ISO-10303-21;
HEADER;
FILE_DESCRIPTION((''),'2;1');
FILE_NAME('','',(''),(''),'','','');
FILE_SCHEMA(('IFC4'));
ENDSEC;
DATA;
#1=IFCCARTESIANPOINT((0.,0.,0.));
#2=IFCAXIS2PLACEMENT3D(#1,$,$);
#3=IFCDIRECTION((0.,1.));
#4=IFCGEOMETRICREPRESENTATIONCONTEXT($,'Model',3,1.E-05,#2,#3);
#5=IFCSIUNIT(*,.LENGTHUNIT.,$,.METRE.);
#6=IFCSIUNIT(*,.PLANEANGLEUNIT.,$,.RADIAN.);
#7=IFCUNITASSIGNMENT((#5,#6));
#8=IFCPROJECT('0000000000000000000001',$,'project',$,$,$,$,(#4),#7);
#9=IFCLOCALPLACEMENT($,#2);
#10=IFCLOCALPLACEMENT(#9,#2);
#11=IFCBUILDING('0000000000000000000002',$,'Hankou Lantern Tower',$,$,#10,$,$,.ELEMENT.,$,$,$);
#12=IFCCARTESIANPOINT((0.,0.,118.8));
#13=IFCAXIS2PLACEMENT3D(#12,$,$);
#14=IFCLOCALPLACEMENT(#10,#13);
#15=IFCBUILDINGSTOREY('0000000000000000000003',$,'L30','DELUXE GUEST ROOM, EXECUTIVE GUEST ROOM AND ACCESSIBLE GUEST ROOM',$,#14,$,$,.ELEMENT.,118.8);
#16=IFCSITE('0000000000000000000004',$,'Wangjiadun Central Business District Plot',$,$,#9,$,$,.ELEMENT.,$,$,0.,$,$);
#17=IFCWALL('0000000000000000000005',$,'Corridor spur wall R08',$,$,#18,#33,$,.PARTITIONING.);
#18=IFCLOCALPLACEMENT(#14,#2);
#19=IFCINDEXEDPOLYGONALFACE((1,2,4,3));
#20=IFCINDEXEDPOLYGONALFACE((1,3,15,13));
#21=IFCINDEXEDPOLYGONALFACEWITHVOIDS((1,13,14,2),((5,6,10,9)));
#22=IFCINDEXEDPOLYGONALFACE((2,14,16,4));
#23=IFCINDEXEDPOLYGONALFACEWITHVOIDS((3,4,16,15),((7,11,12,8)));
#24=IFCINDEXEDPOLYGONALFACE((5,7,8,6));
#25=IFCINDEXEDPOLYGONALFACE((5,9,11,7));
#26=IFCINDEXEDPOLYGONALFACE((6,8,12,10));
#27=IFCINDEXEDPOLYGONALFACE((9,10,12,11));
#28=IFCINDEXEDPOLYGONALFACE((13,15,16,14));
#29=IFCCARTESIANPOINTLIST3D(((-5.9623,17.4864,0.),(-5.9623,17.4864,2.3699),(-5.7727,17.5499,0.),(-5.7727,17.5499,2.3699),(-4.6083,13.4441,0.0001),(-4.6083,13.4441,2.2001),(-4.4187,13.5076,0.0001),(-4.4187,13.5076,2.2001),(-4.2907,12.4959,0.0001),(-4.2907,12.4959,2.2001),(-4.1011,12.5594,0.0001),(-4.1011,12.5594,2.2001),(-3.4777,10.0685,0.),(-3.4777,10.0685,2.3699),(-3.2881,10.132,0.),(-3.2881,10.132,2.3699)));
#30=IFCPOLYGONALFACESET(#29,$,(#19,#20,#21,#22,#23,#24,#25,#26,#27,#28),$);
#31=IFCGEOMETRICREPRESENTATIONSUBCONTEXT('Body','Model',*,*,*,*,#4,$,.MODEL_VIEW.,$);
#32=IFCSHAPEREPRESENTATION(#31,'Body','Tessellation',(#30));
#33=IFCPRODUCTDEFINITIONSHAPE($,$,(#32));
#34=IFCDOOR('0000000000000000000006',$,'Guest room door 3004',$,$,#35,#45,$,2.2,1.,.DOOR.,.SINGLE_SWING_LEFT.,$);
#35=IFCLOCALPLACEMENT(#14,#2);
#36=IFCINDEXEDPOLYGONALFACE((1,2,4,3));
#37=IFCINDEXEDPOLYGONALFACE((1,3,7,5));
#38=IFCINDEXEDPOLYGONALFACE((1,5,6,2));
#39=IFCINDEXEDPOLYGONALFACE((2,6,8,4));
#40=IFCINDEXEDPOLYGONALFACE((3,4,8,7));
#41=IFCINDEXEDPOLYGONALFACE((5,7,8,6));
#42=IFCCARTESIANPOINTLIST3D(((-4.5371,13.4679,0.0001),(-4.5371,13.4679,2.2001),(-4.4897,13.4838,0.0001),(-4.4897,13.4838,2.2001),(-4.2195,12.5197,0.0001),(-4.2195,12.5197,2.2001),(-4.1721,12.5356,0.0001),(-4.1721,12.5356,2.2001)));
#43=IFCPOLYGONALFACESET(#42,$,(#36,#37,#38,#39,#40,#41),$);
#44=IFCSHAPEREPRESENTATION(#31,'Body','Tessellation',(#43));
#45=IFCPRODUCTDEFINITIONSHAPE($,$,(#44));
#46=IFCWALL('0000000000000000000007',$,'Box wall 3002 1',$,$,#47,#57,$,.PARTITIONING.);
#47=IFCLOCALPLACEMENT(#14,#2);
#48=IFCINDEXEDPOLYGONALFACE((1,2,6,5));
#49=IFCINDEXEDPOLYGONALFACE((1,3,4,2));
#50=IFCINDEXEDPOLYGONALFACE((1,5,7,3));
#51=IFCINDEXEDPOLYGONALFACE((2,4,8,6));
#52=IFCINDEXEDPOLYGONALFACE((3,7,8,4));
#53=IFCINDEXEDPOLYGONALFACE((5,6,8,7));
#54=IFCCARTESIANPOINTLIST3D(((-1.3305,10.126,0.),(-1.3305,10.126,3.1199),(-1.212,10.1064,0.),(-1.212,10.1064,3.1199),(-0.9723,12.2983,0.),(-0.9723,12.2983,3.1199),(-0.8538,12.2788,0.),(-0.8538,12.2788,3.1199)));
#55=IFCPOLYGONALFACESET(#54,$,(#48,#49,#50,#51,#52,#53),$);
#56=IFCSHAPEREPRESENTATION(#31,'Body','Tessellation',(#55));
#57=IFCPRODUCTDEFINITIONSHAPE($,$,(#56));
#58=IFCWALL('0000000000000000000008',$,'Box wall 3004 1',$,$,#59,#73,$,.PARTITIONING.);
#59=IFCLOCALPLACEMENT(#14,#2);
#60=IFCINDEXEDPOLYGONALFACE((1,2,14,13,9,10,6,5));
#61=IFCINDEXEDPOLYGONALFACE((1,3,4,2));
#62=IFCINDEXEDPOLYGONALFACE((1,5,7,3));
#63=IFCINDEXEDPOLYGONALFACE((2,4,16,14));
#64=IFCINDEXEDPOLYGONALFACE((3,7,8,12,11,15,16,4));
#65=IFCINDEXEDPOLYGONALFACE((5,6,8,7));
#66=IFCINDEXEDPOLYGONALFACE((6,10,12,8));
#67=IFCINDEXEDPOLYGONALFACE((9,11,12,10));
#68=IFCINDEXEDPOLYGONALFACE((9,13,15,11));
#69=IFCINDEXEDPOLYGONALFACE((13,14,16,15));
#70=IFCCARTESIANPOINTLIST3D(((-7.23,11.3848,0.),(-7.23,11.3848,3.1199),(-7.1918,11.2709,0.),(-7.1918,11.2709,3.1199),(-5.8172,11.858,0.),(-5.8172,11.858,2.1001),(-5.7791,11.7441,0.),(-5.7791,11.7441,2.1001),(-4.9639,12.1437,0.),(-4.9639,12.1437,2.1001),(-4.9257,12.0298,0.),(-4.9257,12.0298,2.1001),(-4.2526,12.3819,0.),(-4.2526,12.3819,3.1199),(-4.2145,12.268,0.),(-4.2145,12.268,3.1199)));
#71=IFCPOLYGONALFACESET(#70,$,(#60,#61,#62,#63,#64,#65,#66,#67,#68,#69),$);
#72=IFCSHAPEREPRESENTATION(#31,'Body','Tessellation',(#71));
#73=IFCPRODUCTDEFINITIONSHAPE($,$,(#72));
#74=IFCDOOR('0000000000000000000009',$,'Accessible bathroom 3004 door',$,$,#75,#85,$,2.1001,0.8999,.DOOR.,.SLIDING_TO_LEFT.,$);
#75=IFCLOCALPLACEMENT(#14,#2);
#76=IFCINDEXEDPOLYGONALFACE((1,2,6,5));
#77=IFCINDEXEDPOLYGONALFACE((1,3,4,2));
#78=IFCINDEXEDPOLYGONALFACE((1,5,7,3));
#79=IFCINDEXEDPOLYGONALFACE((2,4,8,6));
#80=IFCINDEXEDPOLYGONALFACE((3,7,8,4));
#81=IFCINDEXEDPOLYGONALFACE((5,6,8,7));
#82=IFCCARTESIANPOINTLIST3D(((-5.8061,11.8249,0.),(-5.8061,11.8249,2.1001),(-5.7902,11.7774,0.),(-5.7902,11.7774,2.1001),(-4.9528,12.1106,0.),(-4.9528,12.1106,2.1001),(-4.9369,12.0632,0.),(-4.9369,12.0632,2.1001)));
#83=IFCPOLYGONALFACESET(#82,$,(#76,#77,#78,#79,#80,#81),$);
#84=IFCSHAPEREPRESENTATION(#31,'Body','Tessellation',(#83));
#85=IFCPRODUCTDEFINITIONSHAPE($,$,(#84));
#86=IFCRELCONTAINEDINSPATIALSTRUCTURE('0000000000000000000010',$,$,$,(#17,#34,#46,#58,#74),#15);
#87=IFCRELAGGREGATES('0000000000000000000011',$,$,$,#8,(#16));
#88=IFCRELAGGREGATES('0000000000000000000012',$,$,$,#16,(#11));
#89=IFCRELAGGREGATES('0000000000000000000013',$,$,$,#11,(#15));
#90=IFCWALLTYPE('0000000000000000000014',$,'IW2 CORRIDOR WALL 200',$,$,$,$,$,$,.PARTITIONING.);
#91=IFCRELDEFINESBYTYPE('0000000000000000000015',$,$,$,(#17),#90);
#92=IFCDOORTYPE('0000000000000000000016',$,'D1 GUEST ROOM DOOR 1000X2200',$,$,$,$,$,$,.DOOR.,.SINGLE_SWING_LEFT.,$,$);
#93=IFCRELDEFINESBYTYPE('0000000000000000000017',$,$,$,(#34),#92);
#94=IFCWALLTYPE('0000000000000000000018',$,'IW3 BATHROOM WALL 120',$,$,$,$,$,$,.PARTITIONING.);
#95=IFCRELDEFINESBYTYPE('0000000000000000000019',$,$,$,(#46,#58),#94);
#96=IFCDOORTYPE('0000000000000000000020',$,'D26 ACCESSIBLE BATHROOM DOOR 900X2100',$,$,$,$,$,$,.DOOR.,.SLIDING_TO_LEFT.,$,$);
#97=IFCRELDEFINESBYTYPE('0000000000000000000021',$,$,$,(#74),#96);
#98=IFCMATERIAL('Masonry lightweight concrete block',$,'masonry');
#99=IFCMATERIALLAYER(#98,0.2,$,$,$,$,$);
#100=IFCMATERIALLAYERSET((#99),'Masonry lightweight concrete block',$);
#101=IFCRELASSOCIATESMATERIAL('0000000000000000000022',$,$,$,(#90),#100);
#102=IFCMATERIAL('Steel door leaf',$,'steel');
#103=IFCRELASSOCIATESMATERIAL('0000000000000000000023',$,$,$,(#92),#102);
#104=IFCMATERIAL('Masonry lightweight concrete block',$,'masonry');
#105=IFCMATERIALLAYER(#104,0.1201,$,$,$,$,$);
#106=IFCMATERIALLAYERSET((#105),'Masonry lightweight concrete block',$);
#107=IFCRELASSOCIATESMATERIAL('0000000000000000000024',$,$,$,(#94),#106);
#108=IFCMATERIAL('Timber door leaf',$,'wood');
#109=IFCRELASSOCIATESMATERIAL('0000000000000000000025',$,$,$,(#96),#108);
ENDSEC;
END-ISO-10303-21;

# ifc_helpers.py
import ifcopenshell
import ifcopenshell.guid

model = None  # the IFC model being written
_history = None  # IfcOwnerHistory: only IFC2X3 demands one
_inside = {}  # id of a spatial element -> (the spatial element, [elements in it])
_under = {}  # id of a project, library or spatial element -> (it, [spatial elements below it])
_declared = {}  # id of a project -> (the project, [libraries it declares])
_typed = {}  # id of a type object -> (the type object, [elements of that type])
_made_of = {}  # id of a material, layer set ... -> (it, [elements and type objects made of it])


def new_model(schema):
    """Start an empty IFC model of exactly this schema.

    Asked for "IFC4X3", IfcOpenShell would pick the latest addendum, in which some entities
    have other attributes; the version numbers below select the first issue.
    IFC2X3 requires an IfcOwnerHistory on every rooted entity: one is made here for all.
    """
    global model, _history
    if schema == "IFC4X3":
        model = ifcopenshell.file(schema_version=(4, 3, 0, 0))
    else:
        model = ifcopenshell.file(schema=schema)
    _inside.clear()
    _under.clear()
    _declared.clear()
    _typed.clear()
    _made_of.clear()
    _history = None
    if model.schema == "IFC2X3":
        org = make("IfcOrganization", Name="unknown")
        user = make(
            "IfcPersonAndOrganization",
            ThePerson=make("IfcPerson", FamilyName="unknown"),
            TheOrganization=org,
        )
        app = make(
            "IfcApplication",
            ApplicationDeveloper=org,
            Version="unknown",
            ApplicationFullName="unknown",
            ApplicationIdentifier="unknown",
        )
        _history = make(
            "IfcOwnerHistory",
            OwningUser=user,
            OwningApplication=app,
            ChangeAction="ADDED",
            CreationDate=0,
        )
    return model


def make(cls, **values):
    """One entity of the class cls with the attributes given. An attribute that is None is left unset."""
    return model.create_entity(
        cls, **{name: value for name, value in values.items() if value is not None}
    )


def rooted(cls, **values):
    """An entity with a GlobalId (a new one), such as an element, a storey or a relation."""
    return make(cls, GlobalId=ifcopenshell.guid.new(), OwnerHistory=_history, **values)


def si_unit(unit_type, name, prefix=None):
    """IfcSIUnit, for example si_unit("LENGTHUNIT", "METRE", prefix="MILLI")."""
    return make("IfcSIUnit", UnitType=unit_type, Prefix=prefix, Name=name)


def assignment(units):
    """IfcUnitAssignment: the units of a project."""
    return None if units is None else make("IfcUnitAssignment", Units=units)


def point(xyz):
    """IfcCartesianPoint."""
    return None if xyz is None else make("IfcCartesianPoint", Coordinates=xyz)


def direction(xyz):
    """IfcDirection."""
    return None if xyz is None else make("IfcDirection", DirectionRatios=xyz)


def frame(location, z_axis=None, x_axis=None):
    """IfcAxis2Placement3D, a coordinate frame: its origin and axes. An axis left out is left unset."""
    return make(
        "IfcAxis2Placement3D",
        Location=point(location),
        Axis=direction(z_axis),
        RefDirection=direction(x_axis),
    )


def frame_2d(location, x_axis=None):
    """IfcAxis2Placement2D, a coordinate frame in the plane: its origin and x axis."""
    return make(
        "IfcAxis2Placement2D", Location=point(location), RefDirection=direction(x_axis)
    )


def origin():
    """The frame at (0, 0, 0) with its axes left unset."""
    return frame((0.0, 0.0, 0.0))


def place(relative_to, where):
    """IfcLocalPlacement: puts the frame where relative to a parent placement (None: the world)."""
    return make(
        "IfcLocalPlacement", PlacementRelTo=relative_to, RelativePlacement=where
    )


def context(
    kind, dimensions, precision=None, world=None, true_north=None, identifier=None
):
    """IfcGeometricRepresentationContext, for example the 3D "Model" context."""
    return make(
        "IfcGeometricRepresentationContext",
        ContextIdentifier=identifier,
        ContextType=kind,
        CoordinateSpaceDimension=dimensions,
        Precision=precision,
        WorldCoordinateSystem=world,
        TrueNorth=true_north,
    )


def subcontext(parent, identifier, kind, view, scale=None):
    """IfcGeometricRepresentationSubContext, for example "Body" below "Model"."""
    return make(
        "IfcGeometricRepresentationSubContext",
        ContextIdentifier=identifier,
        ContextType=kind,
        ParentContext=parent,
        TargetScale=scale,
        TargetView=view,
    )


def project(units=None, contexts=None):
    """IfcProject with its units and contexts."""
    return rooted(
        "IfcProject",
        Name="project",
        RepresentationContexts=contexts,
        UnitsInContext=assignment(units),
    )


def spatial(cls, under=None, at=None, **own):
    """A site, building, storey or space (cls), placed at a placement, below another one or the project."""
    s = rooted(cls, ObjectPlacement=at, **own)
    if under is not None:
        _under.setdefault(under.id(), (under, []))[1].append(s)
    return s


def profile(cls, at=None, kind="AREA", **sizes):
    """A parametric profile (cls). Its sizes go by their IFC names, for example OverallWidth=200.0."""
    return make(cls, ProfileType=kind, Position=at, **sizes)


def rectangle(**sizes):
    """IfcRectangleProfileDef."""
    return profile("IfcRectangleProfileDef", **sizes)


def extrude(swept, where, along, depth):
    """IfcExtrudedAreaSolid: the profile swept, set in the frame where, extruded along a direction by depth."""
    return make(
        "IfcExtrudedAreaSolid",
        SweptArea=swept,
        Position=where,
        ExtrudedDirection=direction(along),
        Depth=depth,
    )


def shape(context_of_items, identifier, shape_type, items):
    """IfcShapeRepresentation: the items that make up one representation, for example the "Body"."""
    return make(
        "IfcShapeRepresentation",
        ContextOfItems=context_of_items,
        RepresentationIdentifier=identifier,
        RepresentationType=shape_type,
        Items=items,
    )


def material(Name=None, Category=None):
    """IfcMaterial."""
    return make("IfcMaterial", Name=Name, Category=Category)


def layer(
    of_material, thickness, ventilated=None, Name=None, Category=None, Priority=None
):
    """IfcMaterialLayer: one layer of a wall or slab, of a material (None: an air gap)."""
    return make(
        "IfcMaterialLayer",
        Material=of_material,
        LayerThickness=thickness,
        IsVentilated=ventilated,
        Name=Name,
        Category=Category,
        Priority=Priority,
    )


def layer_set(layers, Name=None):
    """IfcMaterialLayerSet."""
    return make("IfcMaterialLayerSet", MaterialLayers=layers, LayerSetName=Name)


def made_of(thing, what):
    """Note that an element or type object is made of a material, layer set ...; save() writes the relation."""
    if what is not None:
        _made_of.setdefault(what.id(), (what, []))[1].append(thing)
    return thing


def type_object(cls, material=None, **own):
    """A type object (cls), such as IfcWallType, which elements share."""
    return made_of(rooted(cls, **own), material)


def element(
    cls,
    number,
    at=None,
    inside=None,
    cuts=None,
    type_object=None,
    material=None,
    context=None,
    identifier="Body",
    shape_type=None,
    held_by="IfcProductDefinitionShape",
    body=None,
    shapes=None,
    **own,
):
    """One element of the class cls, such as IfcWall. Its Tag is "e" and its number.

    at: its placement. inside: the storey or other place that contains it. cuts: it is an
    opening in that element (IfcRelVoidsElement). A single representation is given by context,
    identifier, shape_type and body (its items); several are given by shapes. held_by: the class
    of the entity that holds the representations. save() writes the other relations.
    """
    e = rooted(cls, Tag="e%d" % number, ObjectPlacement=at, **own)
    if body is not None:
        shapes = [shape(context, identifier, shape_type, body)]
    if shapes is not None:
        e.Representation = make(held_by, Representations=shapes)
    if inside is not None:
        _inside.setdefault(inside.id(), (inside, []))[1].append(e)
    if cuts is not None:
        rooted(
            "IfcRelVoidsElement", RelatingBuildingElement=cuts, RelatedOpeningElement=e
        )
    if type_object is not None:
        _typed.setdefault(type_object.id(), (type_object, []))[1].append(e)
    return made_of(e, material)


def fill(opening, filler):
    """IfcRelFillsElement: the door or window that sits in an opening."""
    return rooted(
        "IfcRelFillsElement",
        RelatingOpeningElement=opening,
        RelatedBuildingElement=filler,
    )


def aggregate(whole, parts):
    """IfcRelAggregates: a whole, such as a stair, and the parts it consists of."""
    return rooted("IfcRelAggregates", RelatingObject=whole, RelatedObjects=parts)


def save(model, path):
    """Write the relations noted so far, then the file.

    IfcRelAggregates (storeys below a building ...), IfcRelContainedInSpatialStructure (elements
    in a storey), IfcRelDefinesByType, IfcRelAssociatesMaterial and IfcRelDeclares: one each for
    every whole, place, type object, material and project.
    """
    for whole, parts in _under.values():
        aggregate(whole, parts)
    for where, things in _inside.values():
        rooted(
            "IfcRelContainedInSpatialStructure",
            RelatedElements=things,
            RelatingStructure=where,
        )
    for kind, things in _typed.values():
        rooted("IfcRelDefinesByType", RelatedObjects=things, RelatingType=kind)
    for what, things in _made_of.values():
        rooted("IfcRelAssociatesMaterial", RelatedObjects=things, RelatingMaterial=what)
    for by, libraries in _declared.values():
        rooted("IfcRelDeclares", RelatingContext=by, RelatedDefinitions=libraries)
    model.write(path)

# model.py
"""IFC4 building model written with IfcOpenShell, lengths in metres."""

from ifc_helpers import new_model, si_unit, direction, frame, frame_2d, origin, place, context, subcontext, project, spatial, rectangle, extrude, material, layer, layer_set, type_object, element, fill, save


model = new_model("IFC4")

# Units and contexts
model_context = context("Model", 3, precision=1e-05, world=origin(), true_north=direction((0.0, 1.0)))
body_context = subcontext(model_context, "Body", "Model", "MODEL_VIEW")
ifc_project = project(units=[si_unit("LENGTHUNIT", "METRE"), si_unit("PLANEANGLEUNIT", "RADIAN")], contexts=[model_context])

# Site, building, storey
site_placement = place(None, origin())
site = spatial("IfcSite", under=ifc_project, at=site_placement, Name="Wangjiadun Central Business District Plot", CompositionType="ELEMENT", RefElevation=0.0)
building_placement = place(site_placement, origin())
building = spatial("IfcBuilding", under=site, at=building_placement, Name="Hankou Lantern Tower", CompositionType="ELEMENT")
storey_placement = place(building_placement, frame((0.0, 0.0, 118.8)))
storey = spatial("IfcBuildingStorey", under=building, at=storey_placement, Name="L30", Description="DELUXE GUEST ROOM, EXECUTIVE GUEST ROOM AND ACCESSIBLE GUEST ROOM", CompositionType="ELEMENT", Elevation=118.8)

# Shared definitions
ifc_material_1 = material(Name="Masonry lightweight concrete block", Category="masonry")
ifc_layer_1 = layer(ifc_material_1, 0.2)
ifc_layer_set_1 = layer_set([ifc_layer_1], Name="Masonry lightweight concrete block")
wall_type_1 = type_object("IfcWallType", Name="IW2 CORRIDOR WALL 200", PredefinedType="PARTITIONING", material=ifc_layer_set_1)

# Wall, opening, door
wall_1_placement = place(storey_placement, frame((-3.3828, 10.1001, 0.0), z_axis=(0.0, 0.0, 1.0), x_axis=(-0.317604, 0.948224, 0.0)))
wall_1 = element("IfcWall", 1, at=wall_1_placement, inside=storey, type_object=wall_type_1, Name="Corridor spur wall R08", PredefinedType="PARTITIONING", context=body_context, shape_type="SweptSolid", body=[
    extrude(rectangle(XDim=7.823, YDim=0.2, at=frame_2d((3.9116, 0.0))), origin(), (0.0, 0.0, 1.0), 2.3699),
])
opening_1_placement = place(wall_1_placement, frame((2.5601, 0.0, 0.0)))
opening_1 = element("IfcOpeningElement", 2, at=opening_1_placement, cuts=wall_1, PredefinedType="OPENING", context=body_context, shape_type="SweptSolid", body=[
    extrude(rectangle(XDim=1.0, YDim=2.2, at=frame_2d((0.5, 1.1001))), frame((0.0, 0.1099, 0.0), z_axis=(0.0, -1.0, 0.0), x_axis=(1.0, 0.0, 0.0)), (0.0, 0.0, 1.0), 0.22),
])
ifc_material_2 = material(Name="Steel door leaf", Category="steel")
door_type_1 = type_object("IfcDoorType", Name="D1 GUEST ROOM DOOR 1000X2200", OperationType="SINGLE_SWING_LEFT", PredefinedType="DOOR", material=ifc_material_2)
door_1_placement = place(opening_1_placement, origin())
door_1 = element("IfcDoor", 3, at=door_1_placement, inside=storey, type_object=door_type_1, Name="Guest room door 3004", OperationType="SINGLE_SWING_LEFT", OverallHeight=2.2, OverallWidth=1.0, PredefinedType="DOOR", context=body_context, shape_type="SweptSolid", body=[
    extrude(rectangle(XDim=1.0, YDim=2.2, at=frame_2d((0.5, 1.1001))), frame((0.0, 0.0249, 0.0), z_axis=(0.0, -1.0, 0.0), x_axis=(1.0, 0.0, 0.0)), (0.0, 0.0, 1.0), 0.05),
])
fill(opening_1, door_1)

# Wall
ifc_material_3 = material(Name="Masonry lightweight concrete block", Category="masonry")
ifc_layer_2 = layer(ifc_material_3, 0.1201)
ifc_layer_set_2 = layer_set([ifc_layer_2], Name="Masonry lightweight concrete block")
wall_type_2 = type_object("IfcWallType", Name="IW3 BATHROOM WALL 120", PredefinedType="PARTITIONING", material=ifc_layer_set_2)
wall_2_placement = place(storey_placement, frame((-1.2712, 10.1162, 0.0), z_axis=(0.0, 0.0, 1.0), x_axis=(0.162672, 0.98668, 0.0)))
element("IfcWall", 4, at=wall_2_placement, inside=storey, type_object=wall_type_2, Name="Box wall 3002 1", PredefinedType="PARTITIONING", context=body_context, shape_type="SweptSolid", body=[
    extrude(rectangle(XDim=2.2017, YDim=0.1201, at=frame_2d((1.1008, 0.0))), origin(), (0.0, 0.0, 1.0), 3.1199),
])

# Wall, opening, door
wall_3_placement = place(storey_placement, frame((-4.2336, 12.325, 0.0), z_axis=(0.0, 0.0, 1.0), x_axis=(-0.948239, -0.317557, 0.0)))
wall_3 = element("IfcWall", 5, at=wall_3_placement, inside=storey, type_object=wall_type_2, Name="Box wall 3004 1", PredefinedType="PARTITIONING", context=body_context, shape_type="SweptSolid", body=[
    extrude(rectangle(XDim=3.1399, YDim=0.1201, at=frame_2d((1.5698, 0.0))), origin(), (0.0, 0.0, 1.0), 3.1199),
])
opening_2_placement = place(wall_3_placement, frame((0.75, 0.0, 0.0)))
opening_2 = element("IfcOpeningElement", 6, at=opening_2_placement, cuts=wall_3, PredefinedType="OPENING", context=body_context, shape_type="SweptSolid", body=[
    extrude(rectangle(XDim=0.8999, YDim=2.1001, at=frame_2d((0.45, 1.05))), frame((0.0, 0.0701, 0.0), z_axis=(0.0, -1.0, 0.0), x_axis=(1.0, 0.0, 0.0)), (0.0, 0.0, 1.0), 0.1401),
])
ifc_material_4 = material(Name="Timber door leaf", Category="wood")
door_type_2 = type_object("IfcDoorType", Name="D26 ACCESSIBLE BATHROOM DOOR 900X2100", OperationType="SLIDING_TO_LEFT", PredefinedType="DOOR", material=ifc_material_4)
door_2_placement = place(opening_2_placement, origin())
door_2 = element("IfcDoor", 7, at=door_2_placement, inside=storey, type_object=door_type_2, Name="Accessible bathroom 3004 door", OperationType="SLIDING_TO_LEFT", OverallHeight=2.1001, OverallWidth=0.8999, PredefinedType="DOOR", context=body_context, shape_type="SweptSolid", body=[
    extrude(rectangle(XDim=0.8999, YDim=2.1001, at=frame_2d((0.45, 1.05))), frame((0.0, 0.0249, 0.0), z_axis=(0.0, -1.0, 0.0), x_axis=(1.0, 0.0, 0.0)), (0.0, 0.0, 1.0), 0.05),
])
fill(opening_2, door_2)

save(model, "model.ifc")
